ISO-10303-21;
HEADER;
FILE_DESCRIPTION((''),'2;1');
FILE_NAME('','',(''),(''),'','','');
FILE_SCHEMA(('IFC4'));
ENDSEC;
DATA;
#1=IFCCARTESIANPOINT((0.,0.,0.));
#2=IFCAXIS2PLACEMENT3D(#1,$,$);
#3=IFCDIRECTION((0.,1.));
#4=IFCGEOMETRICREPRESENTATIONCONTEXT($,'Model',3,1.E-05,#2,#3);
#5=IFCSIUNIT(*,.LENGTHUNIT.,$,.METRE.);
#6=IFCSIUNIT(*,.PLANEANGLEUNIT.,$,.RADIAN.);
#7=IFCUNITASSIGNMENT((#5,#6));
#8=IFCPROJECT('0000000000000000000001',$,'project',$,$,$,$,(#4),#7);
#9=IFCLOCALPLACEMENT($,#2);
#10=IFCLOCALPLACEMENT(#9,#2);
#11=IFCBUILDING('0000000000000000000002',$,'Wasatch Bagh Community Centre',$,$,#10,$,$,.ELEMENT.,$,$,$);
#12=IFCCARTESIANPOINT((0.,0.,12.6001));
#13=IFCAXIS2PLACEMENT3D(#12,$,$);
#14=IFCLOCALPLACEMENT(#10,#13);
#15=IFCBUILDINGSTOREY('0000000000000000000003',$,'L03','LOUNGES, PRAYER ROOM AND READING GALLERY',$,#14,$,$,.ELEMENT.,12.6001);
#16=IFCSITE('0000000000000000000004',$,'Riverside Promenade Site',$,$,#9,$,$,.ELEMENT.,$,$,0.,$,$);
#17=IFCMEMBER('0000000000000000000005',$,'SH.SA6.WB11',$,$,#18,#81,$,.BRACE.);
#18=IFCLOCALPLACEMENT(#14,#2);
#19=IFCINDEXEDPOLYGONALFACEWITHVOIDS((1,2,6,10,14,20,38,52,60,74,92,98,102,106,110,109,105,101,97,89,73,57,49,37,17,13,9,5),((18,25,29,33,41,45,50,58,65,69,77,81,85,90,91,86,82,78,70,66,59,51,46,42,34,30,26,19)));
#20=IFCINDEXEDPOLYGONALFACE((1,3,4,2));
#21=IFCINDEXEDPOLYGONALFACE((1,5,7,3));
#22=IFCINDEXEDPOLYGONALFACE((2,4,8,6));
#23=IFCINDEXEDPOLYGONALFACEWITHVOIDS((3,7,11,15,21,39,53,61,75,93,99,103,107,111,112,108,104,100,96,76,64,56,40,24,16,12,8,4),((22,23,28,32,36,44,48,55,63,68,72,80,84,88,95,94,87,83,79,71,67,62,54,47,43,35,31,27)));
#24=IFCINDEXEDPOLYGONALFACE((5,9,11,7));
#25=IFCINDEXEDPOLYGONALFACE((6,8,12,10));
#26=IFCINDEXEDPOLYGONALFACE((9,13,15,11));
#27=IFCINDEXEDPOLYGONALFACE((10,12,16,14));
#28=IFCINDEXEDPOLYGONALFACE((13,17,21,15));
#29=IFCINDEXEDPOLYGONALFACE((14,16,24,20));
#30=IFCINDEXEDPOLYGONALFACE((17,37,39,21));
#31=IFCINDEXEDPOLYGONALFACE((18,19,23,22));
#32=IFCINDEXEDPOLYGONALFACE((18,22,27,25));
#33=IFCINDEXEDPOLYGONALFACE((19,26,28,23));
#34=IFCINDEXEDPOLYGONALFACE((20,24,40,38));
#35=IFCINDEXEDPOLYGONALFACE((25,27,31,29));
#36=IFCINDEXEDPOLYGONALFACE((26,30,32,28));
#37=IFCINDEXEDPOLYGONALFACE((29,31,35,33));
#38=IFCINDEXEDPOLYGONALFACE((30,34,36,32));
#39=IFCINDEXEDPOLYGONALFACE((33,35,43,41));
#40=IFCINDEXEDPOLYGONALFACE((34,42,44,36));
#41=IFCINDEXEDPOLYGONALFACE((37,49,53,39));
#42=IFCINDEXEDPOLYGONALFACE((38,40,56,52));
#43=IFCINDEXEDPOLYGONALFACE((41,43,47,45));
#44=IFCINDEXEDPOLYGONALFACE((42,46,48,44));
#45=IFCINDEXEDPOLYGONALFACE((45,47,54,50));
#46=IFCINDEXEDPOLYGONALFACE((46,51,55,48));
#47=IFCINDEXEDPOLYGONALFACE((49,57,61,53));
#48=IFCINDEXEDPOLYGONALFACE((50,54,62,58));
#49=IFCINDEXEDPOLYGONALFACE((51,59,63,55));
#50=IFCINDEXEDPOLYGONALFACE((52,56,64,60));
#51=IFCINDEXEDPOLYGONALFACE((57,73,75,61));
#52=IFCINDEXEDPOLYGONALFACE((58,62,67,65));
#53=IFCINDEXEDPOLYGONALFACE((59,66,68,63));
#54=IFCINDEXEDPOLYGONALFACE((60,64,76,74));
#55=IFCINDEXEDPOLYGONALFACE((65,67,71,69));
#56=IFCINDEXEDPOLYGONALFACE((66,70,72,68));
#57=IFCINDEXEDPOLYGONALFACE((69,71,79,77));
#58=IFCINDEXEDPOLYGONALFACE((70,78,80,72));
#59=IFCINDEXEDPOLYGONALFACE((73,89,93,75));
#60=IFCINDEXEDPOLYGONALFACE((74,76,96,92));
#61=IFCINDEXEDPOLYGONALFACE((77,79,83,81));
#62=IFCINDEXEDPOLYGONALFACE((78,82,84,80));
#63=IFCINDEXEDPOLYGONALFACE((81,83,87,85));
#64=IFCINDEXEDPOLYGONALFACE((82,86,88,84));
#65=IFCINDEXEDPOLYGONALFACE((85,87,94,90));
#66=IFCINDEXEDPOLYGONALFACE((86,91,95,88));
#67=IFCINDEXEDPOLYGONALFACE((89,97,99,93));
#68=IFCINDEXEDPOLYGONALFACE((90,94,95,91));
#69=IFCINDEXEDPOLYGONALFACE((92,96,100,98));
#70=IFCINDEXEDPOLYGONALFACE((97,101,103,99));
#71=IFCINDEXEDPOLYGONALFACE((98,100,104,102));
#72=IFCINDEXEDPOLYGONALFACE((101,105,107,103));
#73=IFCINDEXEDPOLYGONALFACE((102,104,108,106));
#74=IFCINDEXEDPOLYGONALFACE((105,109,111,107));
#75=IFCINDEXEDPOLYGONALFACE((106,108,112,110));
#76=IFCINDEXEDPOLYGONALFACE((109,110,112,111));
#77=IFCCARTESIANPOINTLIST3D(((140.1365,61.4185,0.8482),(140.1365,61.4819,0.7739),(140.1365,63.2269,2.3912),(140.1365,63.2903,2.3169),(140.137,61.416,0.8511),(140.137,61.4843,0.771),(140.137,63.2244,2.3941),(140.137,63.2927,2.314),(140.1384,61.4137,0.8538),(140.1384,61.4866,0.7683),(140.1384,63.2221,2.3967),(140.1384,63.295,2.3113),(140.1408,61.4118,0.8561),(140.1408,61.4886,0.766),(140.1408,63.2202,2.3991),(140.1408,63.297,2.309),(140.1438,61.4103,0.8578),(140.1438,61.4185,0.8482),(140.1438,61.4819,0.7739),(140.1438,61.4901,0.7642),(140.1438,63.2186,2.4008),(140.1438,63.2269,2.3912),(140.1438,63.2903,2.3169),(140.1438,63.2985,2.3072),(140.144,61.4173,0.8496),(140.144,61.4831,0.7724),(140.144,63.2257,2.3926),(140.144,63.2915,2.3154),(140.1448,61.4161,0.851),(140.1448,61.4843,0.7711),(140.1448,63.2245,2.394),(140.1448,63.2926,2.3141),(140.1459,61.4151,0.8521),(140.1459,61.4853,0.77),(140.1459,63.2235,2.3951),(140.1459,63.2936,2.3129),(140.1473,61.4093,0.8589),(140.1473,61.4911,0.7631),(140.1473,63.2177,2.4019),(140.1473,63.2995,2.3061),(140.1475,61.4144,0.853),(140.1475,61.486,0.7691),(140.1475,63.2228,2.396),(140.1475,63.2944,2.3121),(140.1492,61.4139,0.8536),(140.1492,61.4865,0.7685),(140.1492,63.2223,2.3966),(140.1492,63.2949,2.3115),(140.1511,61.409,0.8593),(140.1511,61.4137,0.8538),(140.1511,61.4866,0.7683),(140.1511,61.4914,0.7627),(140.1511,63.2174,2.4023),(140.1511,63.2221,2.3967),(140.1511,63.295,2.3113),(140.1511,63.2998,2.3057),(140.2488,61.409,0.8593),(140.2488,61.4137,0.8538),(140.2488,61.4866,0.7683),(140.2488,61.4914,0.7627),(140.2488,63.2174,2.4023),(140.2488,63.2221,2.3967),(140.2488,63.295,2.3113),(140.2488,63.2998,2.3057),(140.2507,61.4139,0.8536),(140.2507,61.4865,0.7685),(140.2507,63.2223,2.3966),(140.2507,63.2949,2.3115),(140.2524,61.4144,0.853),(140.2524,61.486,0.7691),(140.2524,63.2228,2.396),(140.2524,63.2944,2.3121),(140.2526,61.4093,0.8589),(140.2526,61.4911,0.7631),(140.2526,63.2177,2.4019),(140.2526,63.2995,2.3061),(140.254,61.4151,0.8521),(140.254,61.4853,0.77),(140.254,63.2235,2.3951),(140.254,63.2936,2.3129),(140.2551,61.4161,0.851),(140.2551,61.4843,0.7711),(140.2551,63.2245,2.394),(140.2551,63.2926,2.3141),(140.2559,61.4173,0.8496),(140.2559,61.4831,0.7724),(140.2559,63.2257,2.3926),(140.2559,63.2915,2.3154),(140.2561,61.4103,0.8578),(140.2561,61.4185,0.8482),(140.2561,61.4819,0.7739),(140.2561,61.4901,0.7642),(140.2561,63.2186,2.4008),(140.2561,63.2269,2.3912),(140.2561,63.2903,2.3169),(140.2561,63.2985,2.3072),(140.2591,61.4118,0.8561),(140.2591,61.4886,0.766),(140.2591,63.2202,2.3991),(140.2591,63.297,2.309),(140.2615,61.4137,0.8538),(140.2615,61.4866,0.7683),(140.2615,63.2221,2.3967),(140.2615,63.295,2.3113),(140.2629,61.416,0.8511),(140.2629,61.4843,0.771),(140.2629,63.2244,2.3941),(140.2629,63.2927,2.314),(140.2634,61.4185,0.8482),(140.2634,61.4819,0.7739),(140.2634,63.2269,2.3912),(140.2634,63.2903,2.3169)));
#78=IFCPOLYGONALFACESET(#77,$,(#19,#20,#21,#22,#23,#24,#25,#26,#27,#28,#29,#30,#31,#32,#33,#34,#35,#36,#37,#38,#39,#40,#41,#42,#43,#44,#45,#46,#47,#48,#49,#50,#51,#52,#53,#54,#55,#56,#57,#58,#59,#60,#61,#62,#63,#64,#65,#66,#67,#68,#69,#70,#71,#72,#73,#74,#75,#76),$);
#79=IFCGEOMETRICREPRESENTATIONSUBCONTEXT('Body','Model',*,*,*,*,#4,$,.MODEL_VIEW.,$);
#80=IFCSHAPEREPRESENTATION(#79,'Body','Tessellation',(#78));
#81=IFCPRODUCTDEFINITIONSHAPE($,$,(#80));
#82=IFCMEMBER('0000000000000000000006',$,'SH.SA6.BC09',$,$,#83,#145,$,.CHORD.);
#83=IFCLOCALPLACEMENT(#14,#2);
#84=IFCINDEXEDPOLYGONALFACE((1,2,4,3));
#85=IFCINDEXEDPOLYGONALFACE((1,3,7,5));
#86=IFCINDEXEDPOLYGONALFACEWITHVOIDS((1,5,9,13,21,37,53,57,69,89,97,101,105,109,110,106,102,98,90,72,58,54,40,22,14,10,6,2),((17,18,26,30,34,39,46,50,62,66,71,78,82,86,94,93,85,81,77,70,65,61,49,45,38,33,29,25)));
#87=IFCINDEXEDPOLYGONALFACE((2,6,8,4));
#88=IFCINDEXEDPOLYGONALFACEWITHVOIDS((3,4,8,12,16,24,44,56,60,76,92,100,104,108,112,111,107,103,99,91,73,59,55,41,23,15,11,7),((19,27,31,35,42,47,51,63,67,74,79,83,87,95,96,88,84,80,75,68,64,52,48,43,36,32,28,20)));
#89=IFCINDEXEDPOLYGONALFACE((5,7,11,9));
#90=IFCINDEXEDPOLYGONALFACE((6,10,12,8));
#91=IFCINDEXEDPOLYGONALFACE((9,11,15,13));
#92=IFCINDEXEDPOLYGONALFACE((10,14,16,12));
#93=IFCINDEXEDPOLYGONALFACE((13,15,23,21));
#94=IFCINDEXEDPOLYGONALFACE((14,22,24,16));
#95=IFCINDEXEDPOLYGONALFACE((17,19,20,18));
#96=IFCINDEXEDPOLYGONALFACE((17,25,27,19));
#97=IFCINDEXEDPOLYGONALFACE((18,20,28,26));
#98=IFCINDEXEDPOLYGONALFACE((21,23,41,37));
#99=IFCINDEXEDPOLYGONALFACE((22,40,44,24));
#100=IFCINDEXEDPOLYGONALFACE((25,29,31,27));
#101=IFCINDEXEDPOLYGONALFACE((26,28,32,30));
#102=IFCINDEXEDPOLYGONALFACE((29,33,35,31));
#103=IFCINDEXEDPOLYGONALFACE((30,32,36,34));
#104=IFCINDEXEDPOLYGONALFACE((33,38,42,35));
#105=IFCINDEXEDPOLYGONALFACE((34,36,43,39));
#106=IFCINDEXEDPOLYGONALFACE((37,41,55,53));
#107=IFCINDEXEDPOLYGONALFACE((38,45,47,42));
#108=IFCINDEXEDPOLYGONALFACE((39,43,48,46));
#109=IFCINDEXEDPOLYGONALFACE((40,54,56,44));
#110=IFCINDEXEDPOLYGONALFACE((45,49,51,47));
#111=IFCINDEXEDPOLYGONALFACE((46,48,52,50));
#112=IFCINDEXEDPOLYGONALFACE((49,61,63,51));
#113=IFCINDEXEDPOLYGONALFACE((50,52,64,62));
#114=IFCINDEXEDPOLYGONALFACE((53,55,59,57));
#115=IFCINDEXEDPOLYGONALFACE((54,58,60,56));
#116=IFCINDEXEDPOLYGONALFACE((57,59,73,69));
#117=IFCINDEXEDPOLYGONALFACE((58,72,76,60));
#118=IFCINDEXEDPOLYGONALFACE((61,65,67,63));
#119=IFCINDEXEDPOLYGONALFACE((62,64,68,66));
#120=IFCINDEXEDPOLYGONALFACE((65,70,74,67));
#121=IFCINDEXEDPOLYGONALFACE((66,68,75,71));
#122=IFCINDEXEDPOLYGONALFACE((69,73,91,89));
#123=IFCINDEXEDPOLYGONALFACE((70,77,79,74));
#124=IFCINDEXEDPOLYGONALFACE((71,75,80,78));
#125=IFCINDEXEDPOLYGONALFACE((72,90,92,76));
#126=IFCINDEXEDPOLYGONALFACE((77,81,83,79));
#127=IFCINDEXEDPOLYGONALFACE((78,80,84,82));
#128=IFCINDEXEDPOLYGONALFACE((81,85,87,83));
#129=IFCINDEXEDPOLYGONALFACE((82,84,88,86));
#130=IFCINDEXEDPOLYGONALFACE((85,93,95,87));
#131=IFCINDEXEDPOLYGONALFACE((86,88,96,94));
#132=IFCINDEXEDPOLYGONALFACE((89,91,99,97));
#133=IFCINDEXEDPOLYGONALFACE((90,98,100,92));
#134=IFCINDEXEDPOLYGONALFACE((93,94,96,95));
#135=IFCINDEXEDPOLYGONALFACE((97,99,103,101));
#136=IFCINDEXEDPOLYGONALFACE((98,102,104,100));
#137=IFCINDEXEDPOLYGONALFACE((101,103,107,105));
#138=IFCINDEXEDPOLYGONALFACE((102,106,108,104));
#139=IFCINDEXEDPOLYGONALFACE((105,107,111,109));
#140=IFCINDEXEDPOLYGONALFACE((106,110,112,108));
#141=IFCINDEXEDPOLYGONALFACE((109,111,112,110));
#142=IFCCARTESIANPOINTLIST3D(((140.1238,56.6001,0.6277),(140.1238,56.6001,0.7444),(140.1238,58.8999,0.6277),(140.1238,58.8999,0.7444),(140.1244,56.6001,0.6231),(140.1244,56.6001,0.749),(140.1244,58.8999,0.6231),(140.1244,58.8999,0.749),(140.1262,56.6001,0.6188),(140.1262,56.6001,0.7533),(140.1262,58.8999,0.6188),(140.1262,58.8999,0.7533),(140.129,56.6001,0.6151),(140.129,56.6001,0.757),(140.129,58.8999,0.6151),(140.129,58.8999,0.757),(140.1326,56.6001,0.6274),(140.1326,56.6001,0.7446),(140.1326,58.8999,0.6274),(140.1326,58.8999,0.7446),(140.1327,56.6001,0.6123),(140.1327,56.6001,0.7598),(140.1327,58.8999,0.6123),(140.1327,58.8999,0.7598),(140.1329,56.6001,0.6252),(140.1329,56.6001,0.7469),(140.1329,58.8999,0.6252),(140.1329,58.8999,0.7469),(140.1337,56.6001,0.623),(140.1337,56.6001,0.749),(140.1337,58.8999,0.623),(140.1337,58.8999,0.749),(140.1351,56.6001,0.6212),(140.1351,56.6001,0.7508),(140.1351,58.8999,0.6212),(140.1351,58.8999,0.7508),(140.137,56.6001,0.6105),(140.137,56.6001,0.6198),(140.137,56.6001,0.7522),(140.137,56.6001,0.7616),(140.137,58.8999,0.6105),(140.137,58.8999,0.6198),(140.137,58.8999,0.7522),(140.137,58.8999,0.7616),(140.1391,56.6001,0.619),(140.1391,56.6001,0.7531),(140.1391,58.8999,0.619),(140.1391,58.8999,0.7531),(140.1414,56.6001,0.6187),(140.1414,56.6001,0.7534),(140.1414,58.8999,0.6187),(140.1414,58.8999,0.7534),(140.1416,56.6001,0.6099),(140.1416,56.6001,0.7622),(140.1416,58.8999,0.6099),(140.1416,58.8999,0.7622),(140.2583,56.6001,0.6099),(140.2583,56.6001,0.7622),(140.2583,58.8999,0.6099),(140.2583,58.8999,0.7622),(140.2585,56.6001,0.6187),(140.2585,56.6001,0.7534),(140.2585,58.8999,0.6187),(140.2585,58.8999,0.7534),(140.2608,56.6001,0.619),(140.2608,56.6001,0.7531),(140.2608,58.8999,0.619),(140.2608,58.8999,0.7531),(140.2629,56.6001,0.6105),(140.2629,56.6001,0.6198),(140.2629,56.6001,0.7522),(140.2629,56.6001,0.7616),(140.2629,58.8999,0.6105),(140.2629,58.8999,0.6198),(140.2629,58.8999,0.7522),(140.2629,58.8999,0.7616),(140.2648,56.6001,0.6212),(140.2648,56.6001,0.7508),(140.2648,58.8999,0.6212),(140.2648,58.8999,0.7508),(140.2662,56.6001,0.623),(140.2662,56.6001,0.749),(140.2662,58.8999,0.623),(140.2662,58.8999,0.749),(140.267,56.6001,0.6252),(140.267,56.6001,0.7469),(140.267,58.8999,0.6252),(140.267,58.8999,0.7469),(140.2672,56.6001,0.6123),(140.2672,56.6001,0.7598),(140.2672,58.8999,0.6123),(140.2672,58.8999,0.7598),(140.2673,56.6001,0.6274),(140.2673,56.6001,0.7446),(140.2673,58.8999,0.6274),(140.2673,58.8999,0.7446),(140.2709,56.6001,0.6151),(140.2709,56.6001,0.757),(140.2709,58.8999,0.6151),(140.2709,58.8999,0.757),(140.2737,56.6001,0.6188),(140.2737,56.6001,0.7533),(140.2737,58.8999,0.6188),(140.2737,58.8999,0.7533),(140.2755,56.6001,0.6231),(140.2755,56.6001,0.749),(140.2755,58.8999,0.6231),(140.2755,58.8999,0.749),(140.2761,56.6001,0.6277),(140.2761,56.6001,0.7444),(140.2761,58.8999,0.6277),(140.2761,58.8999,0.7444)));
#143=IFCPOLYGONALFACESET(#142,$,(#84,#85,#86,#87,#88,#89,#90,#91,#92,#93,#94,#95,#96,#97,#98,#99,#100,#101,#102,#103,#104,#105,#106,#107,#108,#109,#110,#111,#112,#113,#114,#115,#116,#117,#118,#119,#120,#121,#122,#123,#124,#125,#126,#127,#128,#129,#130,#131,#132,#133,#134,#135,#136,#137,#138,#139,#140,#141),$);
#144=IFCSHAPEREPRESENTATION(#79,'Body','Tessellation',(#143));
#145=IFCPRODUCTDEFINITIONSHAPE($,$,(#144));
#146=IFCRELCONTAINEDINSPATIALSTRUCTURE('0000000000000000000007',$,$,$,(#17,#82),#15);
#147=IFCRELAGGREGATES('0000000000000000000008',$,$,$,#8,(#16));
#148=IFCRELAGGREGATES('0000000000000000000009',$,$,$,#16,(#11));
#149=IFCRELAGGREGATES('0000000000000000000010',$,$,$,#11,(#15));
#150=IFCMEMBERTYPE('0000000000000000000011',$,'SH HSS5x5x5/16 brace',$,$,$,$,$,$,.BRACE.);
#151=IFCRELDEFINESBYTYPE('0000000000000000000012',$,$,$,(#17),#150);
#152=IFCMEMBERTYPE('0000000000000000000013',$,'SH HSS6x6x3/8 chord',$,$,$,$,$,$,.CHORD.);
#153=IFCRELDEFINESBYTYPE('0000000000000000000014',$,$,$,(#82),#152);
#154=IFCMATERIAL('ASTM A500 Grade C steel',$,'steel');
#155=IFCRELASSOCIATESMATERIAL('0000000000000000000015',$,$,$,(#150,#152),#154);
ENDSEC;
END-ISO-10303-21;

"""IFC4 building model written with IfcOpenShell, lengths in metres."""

from ifc_helpers import new_model, si_unit, direction, frame, origin, origin_2d, place, context, subcontext, project, spatial, hollow_rectangle, extrude, material, material_profile, profile_set, type_object, element, save


model = new_model("IFC4")

# Units and contexts
model_context = context("Model", 3, precision=1e-05, world=origin(), true_north=direction((0.0, 1.0)))
body_context = subcontext(model_context, "Body", "Model", "MODEL_VIEW")
ifc_project = project(units=[si_unit("LENGTHUNIT", "METRE"), si_unit("PLANEANGLEUNIT", "RADIAN")], contexts=[model_context])

# Site, building, storey
site_placement = place(None, origin())
site = spatial("IfcSite", under=ifc_project, at=site_placement, Name="Riverside Promenade Site", CompositionType="ELEMENT", RefElevation=0.0)
building_placement = place(site_placement, origin())
building = spatial("IfcBuilding", under=site, at=building_placement, Name="Wasatch Bagh Community Centre", CompositionType="ELEMENT")
storey_placement = place(building_placement, frame((0.0, 0.0, 12.6001)))
storey = spatial("IfcBuildingStorey", under=building, at=storey_placement, Name="L03", Description="LOUNGES, PRAYER ROOM AND READING GALLERY", CompositionType="ELEMENT", Elevation=12.6001)

# Members
ifc_material_1 = material(Name="ASTM A500 Grade C steel", Category="steel")
ifc_material_profile_1 = material_profile(ifc_material_1, hollow_rectangle(XDim=0.127, YDim=0.127, WallThickness=0.0073, InnerFilletRadius=0.0073, OuterFilletRadius=0.0146, at=origin_2d()), Name="HSS5x5x5/16")
ifc_profile_set_1 = profile_set([ifc_material_profile_1], Name="ASTM A500 Grade C steel")
member_type_1 = type_object("IfcMemberType", Name="SH HSS5x5x5/16 brace", PredefinedType="BRACE", material=ifc_profile_set_1)
member_1_placement = place(storey_placement, frame((140.2, 61.4502, 0.811), z_axis=(0.0, 0.760719, 0.649081), x_axis=(-1.0, 0.0, 0.0)))
element("IfcMember", 1, at=member_1_placement, inside=storey, type_object=member_type_1, Name="SH.SA6.WB11", PredefinedType="BRACE", context=body_context, shape_type="SweptSolid", body=[
    extrude(hollow_rectangle(XDim=0.127, YDim=0.127, WallThickness=0.0073, InnerFilletRadius=0.0073, OuterFilletRadius=0.0146, at=origin_2d()), origin(), (0.0, 0.0, 1.0), 2.3772),
])
ifc_material_profile_2 = material_profile(ifc_material_1, hollow_rectangle(XDim=0.1523, YDim=0.1523, WallThickness=0.0088, InnerFilletRadius=0.0088, OuterFilletRadius=0.0178, at=origin_2d()), Name="HSS6x6x3/8")
ifc_profile_set_2 = profile_set([ifc_material_profile_2], Name="ASTM A500 Grade C steel")
member_type_2 = type_object("IfcMemberType", Name="SH HSS6x6x3/8 chord", PredefinedType="CHORD", material=ifc_profile_set_2)
member_2_placement = place(storey_placement, frame((140.2, 56.6001, 0.686), z_axis=(0.0, 1.0, 0.0), x_axis=(-1.0, 0.0, 0.0)))
element("IfcMember", 2, at=member_2_placement, inside=storey, type_object=member_type_2, Name="SH.SA6.BC09", PredefinedType="CHORD", context=body_context, shape_type="SweptSolid", body=[
    extrude(hollow_rectangle(XDim=0.1523, YDim=0.1523, WallThickness=0.0088, InnerFilletRadius=0.0088, OuterFilletRadius=0.0178, at=origin_2d()), origin(), (0.0, 0.0, 1.0), 2.2998),
])

save(model, "model.ifc")
